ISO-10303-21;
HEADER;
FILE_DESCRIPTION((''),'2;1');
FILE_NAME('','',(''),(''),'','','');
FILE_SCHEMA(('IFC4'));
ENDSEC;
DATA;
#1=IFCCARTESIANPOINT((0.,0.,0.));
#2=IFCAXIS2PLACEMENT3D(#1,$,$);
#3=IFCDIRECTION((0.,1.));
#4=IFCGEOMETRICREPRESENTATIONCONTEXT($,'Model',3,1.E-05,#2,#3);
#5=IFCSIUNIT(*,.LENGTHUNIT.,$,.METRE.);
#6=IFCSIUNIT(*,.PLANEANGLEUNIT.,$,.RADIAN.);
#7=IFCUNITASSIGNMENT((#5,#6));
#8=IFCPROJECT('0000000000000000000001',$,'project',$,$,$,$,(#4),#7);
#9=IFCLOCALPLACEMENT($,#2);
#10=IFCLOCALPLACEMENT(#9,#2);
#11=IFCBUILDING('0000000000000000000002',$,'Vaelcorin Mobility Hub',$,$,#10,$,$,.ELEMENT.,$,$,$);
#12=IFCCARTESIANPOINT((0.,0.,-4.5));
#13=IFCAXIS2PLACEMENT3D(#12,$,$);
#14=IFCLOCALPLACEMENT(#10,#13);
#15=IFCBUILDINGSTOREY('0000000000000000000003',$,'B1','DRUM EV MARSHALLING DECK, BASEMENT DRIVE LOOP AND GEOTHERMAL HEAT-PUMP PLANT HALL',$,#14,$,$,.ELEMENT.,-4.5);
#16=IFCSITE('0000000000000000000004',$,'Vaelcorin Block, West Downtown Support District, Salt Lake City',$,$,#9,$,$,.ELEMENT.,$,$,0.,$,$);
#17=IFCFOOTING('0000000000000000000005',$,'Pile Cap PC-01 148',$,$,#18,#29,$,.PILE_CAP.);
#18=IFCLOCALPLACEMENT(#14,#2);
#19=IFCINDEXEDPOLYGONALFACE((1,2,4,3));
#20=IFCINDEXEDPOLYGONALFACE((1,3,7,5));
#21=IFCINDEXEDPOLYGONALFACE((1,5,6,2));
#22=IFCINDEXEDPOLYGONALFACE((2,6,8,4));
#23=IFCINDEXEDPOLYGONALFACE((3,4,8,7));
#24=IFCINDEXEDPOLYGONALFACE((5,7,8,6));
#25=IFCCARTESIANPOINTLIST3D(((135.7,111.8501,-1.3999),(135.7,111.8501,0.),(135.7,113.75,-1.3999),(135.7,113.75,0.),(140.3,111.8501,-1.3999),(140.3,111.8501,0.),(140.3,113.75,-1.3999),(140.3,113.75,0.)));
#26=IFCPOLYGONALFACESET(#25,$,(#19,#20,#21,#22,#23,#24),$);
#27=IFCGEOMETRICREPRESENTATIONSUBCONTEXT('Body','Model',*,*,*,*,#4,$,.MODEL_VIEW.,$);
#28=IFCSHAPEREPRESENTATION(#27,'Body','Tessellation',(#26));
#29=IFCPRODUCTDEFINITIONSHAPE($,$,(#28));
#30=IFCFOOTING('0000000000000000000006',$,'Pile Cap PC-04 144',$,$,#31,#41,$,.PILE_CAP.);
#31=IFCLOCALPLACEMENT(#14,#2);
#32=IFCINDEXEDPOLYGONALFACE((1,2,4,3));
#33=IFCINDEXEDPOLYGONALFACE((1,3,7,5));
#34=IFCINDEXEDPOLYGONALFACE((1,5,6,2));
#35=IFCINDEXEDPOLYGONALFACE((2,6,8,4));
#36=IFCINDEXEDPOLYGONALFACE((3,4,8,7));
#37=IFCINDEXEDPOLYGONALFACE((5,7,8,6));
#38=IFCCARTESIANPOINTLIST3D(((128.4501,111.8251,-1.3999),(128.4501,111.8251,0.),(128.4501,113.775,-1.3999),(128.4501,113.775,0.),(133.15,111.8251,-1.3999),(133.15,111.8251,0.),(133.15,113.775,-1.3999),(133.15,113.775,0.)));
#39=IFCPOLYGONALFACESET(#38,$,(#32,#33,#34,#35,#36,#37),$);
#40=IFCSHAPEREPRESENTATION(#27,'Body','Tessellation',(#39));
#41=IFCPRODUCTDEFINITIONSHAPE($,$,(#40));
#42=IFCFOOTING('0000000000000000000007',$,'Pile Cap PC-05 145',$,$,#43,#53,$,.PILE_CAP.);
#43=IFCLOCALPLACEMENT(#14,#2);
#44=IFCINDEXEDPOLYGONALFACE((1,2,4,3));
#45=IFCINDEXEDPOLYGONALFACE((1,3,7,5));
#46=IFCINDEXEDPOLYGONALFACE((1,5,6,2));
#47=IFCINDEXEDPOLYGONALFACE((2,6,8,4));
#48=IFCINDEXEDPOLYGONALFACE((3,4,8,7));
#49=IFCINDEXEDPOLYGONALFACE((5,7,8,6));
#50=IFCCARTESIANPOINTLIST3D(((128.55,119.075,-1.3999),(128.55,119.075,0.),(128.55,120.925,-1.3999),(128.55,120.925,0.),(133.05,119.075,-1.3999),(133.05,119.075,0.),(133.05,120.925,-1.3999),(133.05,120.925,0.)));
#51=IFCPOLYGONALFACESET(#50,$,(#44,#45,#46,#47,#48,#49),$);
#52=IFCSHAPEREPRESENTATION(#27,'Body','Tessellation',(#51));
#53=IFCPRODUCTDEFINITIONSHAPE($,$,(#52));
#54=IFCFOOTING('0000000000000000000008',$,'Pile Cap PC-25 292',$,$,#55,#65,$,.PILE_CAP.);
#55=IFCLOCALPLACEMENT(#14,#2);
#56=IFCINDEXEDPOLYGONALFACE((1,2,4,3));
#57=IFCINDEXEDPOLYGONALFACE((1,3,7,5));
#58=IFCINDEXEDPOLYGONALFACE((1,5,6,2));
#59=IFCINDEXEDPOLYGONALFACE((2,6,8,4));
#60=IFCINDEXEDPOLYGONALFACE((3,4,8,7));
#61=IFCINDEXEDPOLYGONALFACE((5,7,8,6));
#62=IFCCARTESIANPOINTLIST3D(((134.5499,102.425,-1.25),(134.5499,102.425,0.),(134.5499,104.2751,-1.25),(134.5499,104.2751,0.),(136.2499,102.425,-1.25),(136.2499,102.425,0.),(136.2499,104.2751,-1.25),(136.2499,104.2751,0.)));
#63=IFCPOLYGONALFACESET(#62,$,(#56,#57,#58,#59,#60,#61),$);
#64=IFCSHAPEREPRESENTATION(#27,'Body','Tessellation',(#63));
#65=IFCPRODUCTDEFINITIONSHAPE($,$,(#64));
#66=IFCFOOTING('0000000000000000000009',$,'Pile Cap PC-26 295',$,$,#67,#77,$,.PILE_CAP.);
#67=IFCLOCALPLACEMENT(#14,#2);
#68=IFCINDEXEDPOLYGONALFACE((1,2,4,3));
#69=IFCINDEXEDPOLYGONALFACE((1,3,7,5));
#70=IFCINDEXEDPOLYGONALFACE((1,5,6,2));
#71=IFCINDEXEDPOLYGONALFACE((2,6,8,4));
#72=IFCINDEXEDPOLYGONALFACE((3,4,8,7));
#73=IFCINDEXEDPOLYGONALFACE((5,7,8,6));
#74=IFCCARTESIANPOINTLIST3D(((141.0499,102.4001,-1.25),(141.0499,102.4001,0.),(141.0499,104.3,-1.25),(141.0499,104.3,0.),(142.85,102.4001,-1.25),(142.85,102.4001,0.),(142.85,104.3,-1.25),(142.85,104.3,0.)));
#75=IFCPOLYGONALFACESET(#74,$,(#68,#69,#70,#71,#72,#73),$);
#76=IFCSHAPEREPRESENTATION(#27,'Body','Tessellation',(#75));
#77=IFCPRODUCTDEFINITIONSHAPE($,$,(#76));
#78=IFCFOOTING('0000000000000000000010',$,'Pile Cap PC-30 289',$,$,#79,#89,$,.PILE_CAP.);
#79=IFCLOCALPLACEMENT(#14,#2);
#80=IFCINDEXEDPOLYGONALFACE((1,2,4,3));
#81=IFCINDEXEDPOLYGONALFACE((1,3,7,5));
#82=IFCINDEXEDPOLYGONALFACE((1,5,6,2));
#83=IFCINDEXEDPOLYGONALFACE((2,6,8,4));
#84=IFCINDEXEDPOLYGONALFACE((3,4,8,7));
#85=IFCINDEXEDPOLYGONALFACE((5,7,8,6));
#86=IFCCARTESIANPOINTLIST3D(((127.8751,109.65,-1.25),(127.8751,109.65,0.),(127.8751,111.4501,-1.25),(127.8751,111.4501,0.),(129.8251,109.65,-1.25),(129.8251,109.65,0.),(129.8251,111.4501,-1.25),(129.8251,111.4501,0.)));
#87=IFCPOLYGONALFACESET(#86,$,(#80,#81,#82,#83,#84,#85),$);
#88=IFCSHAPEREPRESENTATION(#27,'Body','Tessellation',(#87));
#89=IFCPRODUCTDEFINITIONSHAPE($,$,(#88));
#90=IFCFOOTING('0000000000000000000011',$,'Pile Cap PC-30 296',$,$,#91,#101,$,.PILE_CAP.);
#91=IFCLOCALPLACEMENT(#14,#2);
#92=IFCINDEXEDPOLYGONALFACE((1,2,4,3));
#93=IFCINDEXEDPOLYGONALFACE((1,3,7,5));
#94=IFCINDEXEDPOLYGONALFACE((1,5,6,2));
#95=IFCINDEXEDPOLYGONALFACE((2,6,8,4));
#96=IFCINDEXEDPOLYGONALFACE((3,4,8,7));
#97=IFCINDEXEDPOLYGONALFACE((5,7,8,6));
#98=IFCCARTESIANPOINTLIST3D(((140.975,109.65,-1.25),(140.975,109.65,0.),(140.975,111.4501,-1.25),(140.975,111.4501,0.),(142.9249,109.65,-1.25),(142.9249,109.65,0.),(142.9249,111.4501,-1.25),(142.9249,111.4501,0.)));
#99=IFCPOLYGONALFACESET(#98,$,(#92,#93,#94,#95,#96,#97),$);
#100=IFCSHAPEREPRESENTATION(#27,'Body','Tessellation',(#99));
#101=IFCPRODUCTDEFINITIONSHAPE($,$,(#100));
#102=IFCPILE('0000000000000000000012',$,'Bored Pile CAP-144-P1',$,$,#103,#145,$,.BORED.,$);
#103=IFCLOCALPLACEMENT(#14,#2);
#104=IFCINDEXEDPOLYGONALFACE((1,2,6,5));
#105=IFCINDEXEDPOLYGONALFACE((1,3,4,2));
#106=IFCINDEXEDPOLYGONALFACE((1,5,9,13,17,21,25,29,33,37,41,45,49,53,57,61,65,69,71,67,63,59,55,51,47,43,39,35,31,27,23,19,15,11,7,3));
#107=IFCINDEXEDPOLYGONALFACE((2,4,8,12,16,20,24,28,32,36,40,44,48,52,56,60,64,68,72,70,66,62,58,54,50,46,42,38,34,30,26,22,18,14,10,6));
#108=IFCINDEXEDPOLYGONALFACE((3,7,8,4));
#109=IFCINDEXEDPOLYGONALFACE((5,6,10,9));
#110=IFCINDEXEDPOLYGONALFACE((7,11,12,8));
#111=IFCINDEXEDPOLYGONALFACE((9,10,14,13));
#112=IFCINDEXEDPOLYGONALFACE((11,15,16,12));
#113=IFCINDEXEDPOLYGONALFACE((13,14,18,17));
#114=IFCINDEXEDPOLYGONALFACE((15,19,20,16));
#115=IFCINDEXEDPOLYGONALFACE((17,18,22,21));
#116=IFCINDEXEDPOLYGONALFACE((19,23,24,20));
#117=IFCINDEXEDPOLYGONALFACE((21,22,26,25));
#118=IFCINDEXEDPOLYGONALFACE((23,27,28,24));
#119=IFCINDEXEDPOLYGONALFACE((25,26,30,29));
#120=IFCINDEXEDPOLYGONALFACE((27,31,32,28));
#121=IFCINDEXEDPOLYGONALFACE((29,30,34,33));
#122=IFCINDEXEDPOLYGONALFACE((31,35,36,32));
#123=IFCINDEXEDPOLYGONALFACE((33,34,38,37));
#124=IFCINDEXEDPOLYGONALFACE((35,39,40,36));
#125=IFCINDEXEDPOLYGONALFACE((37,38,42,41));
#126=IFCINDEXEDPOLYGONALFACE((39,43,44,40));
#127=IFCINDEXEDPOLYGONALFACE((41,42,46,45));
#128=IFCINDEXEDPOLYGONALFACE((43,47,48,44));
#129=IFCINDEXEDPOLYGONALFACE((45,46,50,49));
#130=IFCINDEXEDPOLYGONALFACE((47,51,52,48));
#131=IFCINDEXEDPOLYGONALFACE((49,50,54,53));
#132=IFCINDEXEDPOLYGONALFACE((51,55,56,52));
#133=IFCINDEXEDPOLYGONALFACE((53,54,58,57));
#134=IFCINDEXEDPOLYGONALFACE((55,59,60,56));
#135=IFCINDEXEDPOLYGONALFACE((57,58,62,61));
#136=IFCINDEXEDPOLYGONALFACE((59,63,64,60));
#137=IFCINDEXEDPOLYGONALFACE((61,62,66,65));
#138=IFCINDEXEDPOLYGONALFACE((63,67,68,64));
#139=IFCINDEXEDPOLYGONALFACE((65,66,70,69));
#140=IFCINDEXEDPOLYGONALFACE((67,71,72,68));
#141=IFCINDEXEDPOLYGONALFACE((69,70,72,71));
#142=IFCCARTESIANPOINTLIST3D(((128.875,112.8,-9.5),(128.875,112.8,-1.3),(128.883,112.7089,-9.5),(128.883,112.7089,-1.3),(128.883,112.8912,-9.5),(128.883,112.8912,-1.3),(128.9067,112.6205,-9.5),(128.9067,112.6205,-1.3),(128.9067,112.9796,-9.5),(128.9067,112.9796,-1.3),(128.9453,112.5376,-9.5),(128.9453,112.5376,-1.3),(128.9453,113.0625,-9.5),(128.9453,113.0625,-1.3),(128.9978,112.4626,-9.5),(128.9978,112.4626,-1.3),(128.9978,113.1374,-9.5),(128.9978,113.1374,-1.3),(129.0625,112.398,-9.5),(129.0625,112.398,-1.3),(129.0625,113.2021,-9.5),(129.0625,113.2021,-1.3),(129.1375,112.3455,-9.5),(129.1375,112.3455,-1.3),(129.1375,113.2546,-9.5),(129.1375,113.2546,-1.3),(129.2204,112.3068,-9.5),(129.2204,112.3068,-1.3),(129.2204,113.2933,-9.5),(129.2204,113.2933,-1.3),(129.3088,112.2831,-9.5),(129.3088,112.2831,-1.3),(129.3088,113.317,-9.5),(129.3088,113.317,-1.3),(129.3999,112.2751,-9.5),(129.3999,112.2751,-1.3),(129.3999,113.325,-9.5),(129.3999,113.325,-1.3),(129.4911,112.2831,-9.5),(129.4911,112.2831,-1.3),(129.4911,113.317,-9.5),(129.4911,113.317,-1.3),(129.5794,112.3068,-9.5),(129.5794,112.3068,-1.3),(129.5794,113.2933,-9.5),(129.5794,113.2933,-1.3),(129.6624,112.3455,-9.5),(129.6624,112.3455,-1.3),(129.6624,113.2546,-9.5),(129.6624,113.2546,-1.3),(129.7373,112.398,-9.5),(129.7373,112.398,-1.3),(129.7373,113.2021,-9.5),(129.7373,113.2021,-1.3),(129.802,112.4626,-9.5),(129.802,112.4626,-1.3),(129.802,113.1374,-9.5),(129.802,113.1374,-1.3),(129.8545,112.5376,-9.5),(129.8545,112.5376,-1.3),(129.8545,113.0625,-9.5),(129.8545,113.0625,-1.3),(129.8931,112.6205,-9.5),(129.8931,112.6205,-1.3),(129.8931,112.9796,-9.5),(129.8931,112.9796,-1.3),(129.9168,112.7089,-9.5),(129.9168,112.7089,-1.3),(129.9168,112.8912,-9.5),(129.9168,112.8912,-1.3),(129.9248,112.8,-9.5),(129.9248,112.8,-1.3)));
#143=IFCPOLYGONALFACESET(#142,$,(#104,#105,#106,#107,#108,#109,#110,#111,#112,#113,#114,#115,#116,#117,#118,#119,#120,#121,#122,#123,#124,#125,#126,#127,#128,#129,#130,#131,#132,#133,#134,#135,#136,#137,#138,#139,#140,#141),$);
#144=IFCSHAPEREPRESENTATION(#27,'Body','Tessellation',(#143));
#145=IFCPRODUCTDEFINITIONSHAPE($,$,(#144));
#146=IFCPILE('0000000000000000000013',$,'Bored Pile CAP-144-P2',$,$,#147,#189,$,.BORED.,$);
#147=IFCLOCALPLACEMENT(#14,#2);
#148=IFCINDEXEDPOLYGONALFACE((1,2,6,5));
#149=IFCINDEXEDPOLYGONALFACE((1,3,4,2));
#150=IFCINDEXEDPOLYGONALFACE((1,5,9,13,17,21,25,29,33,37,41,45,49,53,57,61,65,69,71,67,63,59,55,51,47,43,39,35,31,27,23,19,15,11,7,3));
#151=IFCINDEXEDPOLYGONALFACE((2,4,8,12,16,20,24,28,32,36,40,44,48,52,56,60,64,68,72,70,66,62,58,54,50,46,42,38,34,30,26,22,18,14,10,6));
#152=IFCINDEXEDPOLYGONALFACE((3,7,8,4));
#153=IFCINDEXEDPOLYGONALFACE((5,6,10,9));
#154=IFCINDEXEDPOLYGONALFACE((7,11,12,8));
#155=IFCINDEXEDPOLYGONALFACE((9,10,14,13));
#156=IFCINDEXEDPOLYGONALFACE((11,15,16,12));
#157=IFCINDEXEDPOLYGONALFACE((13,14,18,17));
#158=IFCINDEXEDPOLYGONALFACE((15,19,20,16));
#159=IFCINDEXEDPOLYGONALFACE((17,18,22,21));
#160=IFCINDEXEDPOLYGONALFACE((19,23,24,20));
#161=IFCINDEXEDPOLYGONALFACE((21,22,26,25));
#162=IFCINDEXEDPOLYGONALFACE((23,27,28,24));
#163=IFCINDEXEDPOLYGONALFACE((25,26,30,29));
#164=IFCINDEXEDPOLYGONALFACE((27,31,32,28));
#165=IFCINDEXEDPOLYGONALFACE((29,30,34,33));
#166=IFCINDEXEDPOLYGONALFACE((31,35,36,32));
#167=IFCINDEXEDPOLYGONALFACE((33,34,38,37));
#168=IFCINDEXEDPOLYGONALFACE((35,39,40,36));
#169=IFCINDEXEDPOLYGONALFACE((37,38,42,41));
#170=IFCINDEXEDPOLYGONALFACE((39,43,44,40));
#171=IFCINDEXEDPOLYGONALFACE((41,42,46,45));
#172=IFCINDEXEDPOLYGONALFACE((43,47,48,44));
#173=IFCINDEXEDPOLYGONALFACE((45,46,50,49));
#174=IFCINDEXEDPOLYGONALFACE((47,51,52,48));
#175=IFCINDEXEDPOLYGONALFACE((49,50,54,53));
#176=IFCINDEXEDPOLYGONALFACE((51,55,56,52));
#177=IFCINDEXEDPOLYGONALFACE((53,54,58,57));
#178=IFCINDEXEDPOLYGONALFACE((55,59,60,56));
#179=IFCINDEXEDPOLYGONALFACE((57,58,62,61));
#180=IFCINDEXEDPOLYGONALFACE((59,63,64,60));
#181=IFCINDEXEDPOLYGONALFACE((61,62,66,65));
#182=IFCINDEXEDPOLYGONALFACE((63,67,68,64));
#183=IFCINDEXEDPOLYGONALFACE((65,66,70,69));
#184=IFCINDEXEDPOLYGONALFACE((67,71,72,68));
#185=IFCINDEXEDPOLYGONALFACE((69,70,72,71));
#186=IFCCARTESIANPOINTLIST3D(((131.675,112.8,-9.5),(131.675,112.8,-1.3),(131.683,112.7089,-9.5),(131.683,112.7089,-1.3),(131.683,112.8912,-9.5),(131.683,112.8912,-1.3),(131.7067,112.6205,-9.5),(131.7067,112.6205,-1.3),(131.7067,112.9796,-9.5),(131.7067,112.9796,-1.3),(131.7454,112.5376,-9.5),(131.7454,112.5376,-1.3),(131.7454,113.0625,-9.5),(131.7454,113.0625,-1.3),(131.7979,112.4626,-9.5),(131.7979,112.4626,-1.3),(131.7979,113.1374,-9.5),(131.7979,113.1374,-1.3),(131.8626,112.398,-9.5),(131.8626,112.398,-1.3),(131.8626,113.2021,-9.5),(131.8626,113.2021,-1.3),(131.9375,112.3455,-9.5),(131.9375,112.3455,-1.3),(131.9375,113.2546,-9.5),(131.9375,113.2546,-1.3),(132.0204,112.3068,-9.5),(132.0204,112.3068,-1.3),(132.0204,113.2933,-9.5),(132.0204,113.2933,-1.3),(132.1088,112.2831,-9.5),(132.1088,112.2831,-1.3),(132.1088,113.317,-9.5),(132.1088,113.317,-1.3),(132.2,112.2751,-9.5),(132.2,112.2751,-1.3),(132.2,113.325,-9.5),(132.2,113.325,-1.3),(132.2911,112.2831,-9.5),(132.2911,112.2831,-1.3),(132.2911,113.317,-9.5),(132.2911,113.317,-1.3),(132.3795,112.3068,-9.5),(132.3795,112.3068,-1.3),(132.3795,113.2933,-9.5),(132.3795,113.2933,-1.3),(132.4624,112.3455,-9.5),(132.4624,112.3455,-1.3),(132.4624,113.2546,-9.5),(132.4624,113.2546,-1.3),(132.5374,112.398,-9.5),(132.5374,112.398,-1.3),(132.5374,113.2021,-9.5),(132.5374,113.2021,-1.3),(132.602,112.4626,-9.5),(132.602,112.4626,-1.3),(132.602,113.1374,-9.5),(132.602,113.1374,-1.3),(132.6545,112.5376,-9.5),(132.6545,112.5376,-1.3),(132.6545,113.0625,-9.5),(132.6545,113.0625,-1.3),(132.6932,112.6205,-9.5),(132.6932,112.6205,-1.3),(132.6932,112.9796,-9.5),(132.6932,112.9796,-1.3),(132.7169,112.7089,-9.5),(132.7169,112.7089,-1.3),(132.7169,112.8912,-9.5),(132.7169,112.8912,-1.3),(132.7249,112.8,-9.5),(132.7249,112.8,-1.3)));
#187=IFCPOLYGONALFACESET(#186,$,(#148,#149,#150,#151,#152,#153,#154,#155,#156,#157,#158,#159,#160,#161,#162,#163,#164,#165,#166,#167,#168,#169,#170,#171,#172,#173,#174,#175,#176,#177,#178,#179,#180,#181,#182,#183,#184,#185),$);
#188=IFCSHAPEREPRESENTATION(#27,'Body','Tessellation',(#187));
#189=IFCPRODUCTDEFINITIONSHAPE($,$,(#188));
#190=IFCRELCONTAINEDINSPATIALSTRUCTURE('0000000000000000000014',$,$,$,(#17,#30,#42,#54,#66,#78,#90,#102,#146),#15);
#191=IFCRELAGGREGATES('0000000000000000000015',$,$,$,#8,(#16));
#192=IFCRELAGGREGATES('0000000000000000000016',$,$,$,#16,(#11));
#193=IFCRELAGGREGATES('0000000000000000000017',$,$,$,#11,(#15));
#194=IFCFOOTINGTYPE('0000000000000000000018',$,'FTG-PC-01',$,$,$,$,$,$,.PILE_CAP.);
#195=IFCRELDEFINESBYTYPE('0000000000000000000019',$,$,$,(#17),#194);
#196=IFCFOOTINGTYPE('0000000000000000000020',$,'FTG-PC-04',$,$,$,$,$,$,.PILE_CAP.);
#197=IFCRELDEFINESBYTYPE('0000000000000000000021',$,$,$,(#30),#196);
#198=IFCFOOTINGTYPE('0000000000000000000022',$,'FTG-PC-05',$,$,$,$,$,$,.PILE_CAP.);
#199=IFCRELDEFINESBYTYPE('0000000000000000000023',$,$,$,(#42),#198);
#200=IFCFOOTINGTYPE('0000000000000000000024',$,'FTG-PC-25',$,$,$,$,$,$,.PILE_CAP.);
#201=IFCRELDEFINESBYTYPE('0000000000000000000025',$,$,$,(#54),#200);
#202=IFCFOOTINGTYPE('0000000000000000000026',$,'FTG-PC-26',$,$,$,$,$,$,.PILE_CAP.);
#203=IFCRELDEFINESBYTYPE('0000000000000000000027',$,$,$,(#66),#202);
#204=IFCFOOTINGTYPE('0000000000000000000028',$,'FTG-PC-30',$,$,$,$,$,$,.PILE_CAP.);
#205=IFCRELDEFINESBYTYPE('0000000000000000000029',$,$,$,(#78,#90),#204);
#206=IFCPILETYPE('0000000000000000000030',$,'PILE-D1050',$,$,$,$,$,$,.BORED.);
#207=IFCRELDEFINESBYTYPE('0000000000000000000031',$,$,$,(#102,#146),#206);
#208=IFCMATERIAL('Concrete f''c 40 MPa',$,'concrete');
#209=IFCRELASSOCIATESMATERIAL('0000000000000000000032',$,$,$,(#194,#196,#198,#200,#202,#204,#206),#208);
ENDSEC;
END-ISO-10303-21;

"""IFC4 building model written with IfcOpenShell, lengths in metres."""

from ifc_helpers import new_model, si_unit, direction, frame, origin, origin_2d, place, context, subcontext, project, spatial, rectangle, circle, extrude, material, material_profile, profile_set, type_object, element, save


model = new_model("IFC4")

# Units and contexts
model_context = context("Model", 3, precision=1e-05, world=origin(), true_north=direction((0.0, 1.0)))
body_context = subcontext(model_context, "Body", "Model", "MODEL_VIEW")
ifc_project = project(units=[si_unit("LENGTHUNIT", "METRE"), si_unit("PLANEANGLEUNIT", "RADIAN")], contexts=[model_context])

# Site, building, storey
site_placement = place(None, origin())
site = spatial("IfcSite", under=ifc_project, at=site_placement, Name="Vaelcorin Block, West Downtown Support District, Salt Lake City", CompositionType="ELEMENT", RefElevation=0.0)
building_placement = place(site_placement, origin())
building = spatial("IfcBuilding", under=site, at=building_placement, Name="Vaelcorin Mobility Hub", CompositionType="ELEMENT")
storey_placement = place(building_placement, frame((0.0, 0.0, -4.5)))
storey = spatial("IfcBuildingStorey", under=building, at=storey_placement, Name="B1", Description="DRUM EV MARSHALLING DECK, BASEMENT DRIVE LOOP AND GEOTHERMAL HEAT-PUMP PLANT HALL", CompositionType="ELEMENT", Elevation=-4.5)

# Footings
ifc_material_1 = material(Name="Concrete f'c 40 MPa", Category="concrete")
footing_type_1 = type_object("IfcFootingType", Name="FTG-PC-01", PredefinedType="PILE_CAP", material=ifc_material_1)
footing_1_placement = place(storey_placement, frame((138.0, 112.8, -1.3999), z_axis=(0.0, 0.0, 1.0), x_axis=(1.0, 0.0, 0.0)))
element("IfcFooting", 1, at=footing_1_placement, inside=storey, type_object=footing_type_1, Name="Pile Cap PC-01 148", PredefinedType="PILE_CAP", context=body_context, shape_type="SweptSolid", body=[
    extrude(rectangle(XDim=4.6001, YDim=1.8999, at=origin_2d()), origin(), (0.0, 0.0, 1.0), 1.3999),
])
footing_type_2 = type_object("IfcFootingType", Name="FTG-PC-04", PredefinedType="PILE_CAP", material=ifc_material_1)
footing_2_placement = place(storey_placement, frame((130.8, 112.8, -1.3999), z_axis=(0.0, 0.0, 1.0), x_axis=(1.0, 0.0, 0.0)))
element("IfcFooting", 2, at=footing_2_placement, inside=storey, type_object=footing_type_2, Name="Pile Cap PC-04 144", PredefinedType="PILE_CAP", context=body_context, shape_type="SweptSolid", body=[
    extrude(rectangle(XDim=4.7, YDim=1.95, at=origin_2d()), origin(), (0.0, 0.0, 1.0), 1.3999),
])
footing_type_3 = type_object("IfcFootingType", Name="FTG-PC-05", PredefinedType="PILE_CAP", material=ifc_material_1)
footing_3_placement = place(storey_placement, frame((130.8, 120.0, -1.3999), z_axis=(0.0, 0.0, 1.0), x_axis=(1.0, 0.0, 0.0)))
element("IfcFooting", 3, at=footing_3_placement, inside=storey, type_object=footing_type_3, Name="Pile Cap PC-05 145", PredefinedType="PILE_CAP", context=body_context, shape_type="SweptSolid", body=[
    extrude(rectangle(XDim=4.5, YDim=1.8501, at=origin_2d()), origin(), (0.0, 0.0, 1.0), 1.3999),
])
footing_type_4 = type_object("IfcFootingType", Name="FTG-PC-25", PredefinedType="PILE_CAP", material=ifc_material_1)
footing_4_placement = place(storey_placement, frame((135.3999, 103.3501, -1.25), z_axis=(0.0, 0.0, 1.0), x_axis=(1.0, 0.0, 0.0)))
element("IfcFooting", 4, at=footing_4_placement, inside=storey, type_object=footing_type_4, Name="Pile Cap PC-25 292", PredefinedType="PILE_CAP", context=body_context, shape_type="SweptSolid", body=[
    extrude(rectangle(XDim=1.7, YDim=1.8501, at=origin_2d()), origin(), (0.0, 0.0, 1.0), 1.25),
])
footing_type_5 = type_object("IfcFootingType", Name="FTG-PC-26", PredefinedType="PILE_CAP", material=ifc_material_1)
footing_5_placement = place(storey_placement, frame((141.95, 103.3501, -1.25), z_axis=(0.0, 0.0, 1.0), x_axis=(1.0, 0.0, 0.0)))
element("IfcFooting", 5, at=footing_5_placement, inside=storey, type_object=footing_type_5, Name="Pile Cap PC-26 295", PredefinedType="PILE_CAP", context=body_context, shape_type="SweptSolid", body=[
    extrude(rectangle(XDim=1.8, YDim=1.8999, at=origin_2d()), origin(), (0.0, 0.0, 1.0), 1.25),
])
footing_type_6 = type_object("IfcFootingType", Name="FTG-PC-30", PredefinedType="PILE_CAP", material=ifc_material_1)
for number, where, z_axis, x_axis, name in (
    (6, (128.8501, 110.55, -1.25), (0.0, 0.0, 1.0), (1.0, 0.0, 0.0), "Pile Cap PC-30 289"),
    (7, (141.95, 110.55, -1.25), (0.0, 0.0, 1.0), (1.0, 0.0, 0.0), "Pile Cap PC-30 296"),
):
    element("IfcFooting", number, at=place(storey_placement, frame(where, z_axis=z_axis, x_axis=x_axis)), inside=storey, type_object=footing_type_6, Name=name, PredefinedType="PILE_CAP", context=body_context, shape_type="SweptSolid", body=[
        extrude(rectangle(XDim=1.95, YDim=1.8, at=origin_2d()), origin(), (0.0, 0.0, 1.0), 1.25),
    ])

# Piles
ifc_material_profile_1 = material_profile(ifc_material_1, circle(Radius=0.5249, at=origin_2d()), Name="BP-D1050")
ifc_profile_set_1 = profile_set([ifc_material_profile_1], Name="Concrete f'c 40 MPa")
pile_type = type_object("IfcPileType", Name="PILE-D1050", PredefinedType="BORED", material=ifc_profile_set_1)
for number, where, z_axis, x_axis, name in (
    (8, (129.3999, 112.8, -1.3), (0.0, 0.0, -1.0), (1.0, 0.0, 0.0), "Bored Pile CAP-144-P1"),
    (9, (132.2, 112.8, -1.3), (0.0, 0.0, -1.0), (1.0, 0.0, 0.0), "Bored Pile CAP-144-P2"),
):
    element("IfcPile", number, at=place(storey_placement, frame(where, z_axis=z_axis, x_axis=x_axis)), inside=storey, type_object=pile_type, Name=name, PredefinedType="BORED", context=body_context, shape_type="SweptSolid", body=[
        extrude(circle(Radius=0.5249, at=origin_2d()), origin(), (0.0, 0.0, 1.0), 8.2),
    ])

save(model, "model.ifc")
